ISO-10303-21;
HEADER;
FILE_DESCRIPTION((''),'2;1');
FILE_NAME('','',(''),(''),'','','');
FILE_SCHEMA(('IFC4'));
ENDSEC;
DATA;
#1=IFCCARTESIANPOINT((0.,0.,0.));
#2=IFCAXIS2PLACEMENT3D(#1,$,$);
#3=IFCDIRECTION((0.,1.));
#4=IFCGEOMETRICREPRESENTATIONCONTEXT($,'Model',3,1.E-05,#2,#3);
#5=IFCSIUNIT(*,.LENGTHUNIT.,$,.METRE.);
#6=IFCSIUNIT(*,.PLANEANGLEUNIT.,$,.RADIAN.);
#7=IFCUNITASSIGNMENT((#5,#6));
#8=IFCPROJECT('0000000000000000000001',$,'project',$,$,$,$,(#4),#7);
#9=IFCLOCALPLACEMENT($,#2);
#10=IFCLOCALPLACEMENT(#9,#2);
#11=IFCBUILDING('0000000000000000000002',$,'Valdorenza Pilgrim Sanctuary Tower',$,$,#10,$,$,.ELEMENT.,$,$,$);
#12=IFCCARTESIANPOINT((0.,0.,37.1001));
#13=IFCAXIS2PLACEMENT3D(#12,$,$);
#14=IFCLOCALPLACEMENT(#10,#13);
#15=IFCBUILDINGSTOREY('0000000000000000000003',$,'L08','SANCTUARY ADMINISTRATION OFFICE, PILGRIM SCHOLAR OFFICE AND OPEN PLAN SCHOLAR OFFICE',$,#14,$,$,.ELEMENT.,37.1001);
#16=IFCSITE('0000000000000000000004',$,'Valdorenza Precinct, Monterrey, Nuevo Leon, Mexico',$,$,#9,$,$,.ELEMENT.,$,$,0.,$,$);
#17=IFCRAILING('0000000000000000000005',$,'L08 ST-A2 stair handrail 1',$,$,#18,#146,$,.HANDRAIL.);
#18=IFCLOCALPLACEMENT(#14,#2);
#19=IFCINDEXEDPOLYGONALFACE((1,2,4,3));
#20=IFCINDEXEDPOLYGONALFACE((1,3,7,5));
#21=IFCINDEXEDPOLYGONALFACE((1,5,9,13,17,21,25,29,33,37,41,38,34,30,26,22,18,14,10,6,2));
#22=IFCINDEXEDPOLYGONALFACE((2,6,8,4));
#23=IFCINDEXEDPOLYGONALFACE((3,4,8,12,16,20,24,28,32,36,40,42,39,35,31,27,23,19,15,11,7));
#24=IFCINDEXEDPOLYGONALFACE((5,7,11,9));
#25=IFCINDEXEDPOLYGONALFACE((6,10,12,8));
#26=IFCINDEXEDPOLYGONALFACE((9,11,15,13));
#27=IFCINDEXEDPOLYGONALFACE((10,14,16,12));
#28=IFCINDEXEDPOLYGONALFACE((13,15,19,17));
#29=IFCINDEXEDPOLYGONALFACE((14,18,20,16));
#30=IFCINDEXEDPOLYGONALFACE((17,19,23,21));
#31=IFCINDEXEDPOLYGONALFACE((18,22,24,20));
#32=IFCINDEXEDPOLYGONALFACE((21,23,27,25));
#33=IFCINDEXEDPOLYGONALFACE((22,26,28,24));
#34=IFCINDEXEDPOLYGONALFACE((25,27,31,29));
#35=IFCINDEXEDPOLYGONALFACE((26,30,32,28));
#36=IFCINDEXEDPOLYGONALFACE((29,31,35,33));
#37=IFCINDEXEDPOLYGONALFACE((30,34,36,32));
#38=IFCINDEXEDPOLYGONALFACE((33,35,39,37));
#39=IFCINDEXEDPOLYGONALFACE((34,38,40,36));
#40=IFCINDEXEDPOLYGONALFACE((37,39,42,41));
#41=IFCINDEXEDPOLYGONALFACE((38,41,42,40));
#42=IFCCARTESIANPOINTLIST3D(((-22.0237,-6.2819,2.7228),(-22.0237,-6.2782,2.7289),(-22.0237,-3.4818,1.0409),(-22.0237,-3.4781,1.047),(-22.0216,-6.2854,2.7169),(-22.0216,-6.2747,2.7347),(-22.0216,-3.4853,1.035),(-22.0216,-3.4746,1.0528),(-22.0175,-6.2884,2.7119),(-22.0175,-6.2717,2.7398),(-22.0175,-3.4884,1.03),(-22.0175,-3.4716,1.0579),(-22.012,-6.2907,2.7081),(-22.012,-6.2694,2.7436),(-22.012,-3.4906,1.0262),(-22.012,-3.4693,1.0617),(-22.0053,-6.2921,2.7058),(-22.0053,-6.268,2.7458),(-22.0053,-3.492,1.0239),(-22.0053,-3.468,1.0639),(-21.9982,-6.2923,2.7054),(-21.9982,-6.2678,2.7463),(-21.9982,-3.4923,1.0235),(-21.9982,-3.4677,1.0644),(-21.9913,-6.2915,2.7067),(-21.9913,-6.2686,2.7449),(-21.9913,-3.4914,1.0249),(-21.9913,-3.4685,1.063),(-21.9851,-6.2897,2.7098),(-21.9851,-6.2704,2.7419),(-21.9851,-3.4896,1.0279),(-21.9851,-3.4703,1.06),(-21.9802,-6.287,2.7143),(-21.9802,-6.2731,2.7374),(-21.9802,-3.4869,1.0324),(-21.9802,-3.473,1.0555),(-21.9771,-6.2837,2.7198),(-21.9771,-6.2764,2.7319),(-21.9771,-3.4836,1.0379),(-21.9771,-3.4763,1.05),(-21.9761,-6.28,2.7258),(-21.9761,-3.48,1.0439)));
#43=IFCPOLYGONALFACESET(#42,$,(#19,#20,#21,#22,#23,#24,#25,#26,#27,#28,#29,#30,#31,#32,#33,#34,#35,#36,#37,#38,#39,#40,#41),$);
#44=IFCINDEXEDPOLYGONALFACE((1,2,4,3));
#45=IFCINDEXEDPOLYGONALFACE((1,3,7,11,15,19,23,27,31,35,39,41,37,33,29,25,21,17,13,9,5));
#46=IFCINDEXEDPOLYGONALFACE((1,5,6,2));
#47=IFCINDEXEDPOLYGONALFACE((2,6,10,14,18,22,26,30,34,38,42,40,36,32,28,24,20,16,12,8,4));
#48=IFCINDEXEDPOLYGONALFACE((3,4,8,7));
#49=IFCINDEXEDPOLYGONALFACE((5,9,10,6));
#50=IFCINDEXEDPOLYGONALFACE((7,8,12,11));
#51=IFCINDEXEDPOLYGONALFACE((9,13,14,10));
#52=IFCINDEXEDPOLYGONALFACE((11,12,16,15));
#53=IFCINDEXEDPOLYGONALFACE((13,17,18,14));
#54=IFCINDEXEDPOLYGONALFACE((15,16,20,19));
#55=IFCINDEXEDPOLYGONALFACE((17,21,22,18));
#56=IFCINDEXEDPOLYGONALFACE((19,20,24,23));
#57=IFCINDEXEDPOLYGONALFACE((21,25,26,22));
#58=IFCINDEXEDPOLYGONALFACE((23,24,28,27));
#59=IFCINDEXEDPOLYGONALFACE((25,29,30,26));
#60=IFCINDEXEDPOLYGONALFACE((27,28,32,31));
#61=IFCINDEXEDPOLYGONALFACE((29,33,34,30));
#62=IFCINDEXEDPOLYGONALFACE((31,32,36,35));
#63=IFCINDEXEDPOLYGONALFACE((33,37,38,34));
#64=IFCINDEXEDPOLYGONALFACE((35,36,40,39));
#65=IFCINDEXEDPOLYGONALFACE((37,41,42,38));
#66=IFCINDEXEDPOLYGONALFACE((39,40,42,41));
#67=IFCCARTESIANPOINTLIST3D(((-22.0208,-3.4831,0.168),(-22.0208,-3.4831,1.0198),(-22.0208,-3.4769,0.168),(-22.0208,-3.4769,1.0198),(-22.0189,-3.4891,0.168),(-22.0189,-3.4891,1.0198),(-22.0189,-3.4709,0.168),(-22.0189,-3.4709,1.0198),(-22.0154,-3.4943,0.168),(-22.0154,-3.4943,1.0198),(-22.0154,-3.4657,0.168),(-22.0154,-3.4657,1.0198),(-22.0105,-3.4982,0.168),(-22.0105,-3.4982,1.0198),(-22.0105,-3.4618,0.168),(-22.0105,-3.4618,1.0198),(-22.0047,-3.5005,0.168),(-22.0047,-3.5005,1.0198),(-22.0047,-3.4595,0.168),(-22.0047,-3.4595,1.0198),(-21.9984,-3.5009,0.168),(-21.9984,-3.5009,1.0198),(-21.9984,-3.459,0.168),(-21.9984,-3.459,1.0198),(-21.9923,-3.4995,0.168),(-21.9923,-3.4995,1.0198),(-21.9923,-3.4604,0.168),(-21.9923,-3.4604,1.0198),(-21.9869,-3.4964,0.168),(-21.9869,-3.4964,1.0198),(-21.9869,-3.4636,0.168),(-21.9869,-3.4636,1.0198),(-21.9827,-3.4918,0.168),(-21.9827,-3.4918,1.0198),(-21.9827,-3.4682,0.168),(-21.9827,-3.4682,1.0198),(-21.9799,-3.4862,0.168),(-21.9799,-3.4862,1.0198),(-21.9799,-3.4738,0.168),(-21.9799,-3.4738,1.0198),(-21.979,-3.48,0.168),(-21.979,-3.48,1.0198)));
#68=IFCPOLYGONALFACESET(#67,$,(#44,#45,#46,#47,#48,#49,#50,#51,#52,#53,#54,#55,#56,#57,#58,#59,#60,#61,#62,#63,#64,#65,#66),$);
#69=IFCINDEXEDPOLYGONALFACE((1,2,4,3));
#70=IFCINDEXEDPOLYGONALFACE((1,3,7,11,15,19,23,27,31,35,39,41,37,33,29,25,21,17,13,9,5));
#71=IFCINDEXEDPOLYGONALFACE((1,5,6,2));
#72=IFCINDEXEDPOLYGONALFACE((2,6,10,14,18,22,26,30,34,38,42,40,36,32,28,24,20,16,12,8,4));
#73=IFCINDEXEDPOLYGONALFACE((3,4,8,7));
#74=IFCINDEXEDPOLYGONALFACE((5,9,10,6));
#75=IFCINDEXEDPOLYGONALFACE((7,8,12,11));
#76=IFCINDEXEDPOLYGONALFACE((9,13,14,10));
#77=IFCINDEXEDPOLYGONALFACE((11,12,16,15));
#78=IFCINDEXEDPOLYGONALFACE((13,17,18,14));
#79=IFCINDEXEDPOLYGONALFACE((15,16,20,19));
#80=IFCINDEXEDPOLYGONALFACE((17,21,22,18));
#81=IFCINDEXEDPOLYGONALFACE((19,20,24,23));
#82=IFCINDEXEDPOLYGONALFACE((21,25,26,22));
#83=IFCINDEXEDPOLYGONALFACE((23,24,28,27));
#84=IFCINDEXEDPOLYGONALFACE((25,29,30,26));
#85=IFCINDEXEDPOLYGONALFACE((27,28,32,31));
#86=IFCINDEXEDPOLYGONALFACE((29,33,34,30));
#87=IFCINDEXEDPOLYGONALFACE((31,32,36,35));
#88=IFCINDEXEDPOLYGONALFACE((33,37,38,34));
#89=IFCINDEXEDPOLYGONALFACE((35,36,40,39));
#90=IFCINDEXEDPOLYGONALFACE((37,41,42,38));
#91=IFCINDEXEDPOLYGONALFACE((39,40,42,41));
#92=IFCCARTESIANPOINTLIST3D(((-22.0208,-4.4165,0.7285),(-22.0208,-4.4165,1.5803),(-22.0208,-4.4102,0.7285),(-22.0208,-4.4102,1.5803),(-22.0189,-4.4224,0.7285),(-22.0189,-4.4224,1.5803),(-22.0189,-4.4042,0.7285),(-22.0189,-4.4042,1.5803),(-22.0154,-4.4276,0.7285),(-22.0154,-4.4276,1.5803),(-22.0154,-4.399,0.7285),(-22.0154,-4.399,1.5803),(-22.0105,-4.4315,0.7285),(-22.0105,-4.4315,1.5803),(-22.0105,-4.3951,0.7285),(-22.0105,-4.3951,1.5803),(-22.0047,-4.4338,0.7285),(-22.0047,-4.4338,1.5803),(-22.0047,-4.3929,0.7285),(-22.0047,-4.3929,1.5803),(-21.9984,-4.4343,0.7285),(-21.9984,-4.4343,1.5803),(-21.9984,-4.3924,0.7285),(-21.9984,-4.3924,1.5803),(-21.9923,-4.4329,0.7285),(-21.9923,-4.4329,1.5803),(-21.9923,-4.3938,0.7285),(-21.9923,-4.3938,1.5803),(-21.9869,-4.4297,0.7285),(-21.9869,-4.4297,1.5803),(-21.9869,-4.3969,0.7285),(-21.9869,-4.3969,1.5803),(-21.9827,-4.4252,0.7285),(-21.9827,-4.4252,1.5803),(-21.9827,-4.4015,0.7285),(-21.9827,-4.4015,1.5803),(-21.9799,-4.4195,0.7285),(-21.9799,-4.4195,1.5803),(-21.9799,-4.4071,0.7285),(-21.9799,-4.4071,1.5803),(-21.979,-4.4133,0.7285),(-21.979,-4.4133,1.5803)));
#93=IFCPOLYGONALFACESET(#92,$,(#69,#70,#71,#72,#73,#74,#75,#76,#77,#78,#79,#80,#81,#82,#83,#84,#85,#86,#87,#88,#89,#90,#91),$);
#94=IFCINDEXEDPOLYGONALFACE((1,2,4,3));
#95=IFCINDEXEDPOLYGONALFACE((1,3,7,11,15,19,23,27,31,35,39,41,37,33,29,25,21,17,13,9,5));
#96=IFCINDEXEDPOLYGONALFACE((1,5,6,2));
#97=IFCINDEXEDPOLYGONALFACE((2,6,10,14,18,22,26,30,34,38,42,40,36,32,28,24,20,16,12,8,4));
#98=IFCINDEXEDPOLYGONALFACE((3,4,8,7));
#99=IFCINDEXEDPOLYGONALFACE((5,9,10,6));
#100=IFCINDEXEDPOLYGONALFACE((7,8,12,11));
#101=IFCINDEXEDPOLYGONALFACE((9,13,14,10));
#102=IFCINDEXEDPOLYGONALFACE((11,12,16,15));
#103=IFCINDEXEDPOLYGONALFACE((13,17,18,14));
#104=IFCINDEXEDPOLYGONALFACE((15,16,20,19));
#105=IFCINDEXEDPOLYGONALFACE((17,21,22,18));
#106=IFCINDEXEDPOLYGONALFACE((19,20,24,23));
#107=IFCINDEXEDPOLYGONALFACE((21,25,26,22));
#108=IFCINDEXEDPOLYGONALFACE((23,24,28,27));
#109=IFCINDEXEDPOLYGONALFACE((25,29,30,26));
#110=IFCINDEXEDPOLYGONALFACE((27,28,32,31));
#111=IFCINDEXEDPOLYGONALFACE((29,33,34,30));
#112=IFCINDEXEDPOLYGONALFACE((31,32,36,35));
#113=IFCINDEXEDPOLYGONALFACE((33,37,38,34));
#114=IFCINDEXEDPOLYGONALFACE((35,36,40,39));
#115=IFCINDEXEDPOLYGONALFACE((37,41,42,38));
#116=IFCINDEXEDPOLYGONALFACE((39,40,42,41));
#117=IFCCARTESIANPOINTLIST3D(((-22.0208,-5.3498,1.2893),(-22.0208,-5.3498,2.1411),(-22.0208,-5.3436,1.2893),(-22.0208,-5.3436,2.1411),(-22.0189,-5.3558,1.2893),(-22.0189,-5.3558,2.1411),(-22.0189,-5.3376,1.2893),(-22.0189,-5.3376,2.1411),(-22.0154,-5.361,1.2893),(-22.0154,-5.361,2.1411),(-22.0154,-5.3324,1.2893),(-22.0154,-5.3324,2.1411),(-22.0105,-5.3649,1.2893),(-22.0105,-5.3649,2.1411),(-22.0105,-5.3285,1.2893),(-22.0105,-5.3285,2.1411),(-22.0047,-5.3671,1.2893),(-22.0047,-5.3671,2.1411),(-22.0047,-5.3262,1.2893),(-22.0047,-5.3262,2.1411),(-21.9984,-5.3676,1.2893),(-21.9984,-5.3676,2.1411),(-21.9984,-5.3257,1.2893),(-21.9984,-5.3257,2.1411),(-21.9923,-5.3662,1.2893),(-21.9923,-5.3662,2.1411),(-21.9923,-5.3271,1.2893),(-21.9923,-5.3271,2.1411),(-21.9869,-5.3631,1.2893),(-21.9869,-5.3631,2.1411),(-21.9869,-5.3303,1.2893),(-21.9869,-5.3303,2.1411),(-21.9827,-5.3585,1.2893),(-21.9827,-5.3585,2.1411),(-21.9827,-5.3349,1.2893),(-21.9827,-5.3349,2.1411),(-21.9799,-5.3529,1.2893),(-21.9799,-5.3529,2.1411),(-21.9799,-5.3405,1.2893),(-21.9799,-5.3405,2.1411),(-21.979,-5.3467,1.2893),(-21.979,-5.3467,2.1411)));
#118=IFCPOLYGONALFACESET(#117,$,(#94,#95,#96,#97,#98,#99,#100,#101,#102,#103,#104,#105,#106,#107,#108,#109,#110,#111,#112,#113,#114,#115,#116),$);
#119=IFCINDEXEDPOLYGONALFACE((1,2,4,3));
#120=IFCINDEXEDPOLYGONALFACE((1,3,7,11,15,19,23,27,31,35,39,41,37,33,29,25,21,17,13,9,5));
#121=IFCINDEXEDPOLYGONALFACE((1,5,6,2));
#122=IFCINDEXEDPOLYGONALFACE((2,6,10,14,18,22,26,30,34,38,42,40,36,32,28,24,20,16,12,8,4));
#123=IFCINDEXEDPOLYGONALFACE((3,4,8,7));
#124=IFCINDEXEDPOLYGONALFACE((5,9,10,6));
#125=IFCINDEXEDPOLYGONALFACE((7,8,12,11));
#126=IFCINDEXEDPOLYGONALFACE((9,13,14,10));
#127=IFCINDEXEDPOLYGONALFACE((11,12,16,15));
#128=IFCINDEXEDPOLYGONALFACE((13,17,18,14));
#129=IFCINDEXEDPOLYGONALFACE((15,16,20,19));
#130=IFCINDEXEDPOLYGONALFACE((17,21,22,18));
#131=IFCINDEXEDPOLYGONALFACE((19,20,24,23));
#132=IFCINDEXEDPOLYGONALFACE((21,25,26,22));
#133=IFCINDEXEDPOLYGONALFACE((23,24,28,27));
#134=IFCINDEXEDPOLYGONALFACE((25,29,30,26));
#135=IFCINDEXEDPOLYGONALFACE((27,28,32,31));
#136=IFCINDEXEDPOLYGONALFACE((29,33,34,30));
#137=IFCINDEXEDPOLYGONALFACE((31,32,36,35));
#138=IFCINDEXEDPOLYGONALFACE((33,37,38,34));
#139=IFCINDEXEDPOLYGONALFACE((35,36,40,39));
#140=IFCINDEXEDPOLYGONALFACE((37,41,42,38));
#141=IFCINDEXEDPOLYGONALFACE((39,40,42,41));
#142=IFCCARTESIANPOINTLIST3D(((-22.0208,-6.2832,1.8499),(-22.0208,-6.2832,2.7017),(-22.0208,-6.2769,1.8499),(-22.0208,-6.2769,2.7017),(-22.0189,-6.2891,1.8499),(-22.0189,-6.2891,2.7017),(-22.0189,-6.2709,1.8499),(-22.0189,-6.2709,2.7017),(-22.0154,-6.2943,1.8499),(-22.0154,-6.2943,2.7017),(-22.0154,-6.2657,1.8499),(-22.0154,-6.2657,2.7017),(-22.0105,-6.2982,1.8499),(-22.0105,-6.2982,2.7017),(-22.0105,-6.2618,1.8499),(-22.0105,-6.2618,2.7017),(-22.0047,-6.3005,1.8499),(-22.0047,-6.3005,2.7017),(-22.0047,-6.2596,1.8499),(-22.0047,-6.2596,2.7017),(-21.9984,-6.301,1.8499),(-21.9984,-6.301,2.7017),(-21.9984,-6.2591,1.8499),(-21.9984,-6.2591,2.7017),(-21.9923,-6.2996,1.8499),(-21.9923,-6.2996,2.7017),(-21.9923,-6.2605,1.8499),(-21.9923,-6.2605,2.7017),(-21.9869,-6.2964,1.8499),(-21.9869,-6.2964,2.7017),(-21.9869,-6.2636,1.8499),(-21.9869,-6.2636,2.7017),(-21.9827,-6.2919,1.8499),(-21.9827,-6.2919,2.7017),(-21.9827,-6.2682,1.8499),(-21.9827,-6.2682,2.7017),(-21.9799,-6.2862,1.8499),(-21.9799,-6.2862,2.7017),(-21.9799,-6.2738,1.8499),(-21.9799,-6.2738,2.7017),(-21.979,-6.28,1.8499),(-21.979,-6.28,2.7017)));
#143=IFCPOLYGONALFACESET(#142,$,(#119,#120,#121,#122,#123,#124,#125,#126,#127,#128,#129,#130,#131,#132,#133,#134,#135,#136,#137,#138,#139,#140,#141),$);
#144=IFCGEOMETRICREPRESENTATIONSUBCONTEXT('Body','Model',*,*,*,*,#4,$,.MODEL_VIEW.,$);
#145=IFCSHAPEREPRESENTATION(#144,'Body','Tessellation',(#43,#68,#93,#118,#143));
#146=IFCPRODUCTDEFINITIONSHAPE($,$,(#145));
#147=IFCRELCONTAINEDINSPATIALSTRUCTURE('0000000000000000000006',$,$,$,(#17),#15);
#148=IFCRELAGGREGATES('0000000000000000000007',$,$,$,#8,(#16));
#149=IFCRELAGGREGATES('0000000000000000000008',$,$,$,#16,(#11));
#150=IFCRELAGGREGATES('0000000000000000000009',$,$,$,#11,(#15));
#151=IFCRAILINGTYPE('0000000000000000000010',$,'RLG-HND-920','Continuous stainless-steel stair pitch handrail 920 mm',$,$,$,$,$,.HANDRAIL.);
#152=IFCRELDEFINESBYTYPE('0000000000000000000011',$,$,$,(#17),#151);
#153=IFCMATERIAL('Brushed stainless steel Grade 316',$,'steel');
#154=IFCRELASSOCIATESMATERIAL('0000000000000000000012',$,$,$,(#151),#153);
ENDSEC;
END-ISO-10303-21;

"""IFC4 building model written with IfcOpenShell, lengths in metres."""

from ifc_helpers import new_model, si_unit, direction, frame, origin, origin_2d, place, context, subcontext, project, spatial, circle, extrude, material, type_object, element, save


model = new_model("IFC4")

# Units and contexts
model_context = context("Model", 3, precision=1e-05, world=origin(), true_north=direction((0.0, 1.0)))
body_context = subcontext(model_context, "Body", "Model", "MODEL_VIEW")
ifc_project = project(units=[si_unit("LENGTHUNIT", "METRE"), si_unit("PLANEANGLEUNIT", "RADIAN")], contexts=[model_context])

# Site, building, storey
site_placement = place(None, origin())
site = spatial("IfcSite", under=ifc_project, at=site_placement, Name="Valdorenza Precinct, Monterrey, Nuevo Leon, Mexico", CompositionType="ELEMENT", RefElevation=0.0)
building_placement = place(site_placement, origin())
building = spatial("IfcBuilding", under=site, at=building_placement, Name="Valdorenza Pilgrim Sanctuary Tower", CompositionType="ELEMENT")
storey_placement = place(building_placement, frame((0.0, 0.0, 37.1001)))
storey = spatial("IfcBuildingStorey", under=building, at=storey_placement, Name="L08", Description="SANCTUARY ADMINISTRATION OFFICE, PILGRIM SCHOLAR OFFICE AND OPEN PLAN SCHOLAR OFFICE", CompositionType="ELEMENT", Elevation=37.1001)

# Shared definitions
ifc_material_1 = material(Name="Brushed stainless steel Grade 316", Category="steel")

# Railing
railing_type_1 = type_object("IfcRailingType", Name="RLG-HND-920", Description="Continuous stainless-steel stair pitch handrail 920 mm", PredefinedType="HANDRAIL", material=ifc_material_1)
railing_1_placement = place(storey_placement, frame((-22.0, -3.48, 0.168)))
element("IfcRailing", 1, at=railing_1_placement, inside=storey, type_object=railing_type_1, Name="L08 ST-A2 stair handrail 1", PredefinedType="HANDRAIL", context=body_context, shape_type="SweptSolid", body=[
    extrude(circle(Radius=0.0239, at=origin_2d()), frame((0.0, 0.0, 0.876), z_axis=(0.0, -0.857242, 0.514913), x_axis=(1.0, 0.0, 0.0)), (0.0, 0.0, 1.0), 3.2664),
    extrude(circle(Radius=0.021, at=origin_2d()), origin(), (0.0, 0.0, 1.0), 0.8518),
    extrude(circle(Radius=0.021, at=origin_2d()), frame((0.0, -0.9333, 0.5605)), (0.0, 0.0, 1.0), 0.8518),
    extrude(circle(Radius=0.021, at=origin_2d()), frame((0.0, -1.8667, 1.1213)), (0.0, 0.0, 1.0), 0.8518),
    extrude(circle(Radius=0.021, at=origin_2d()), frame((0.0, -2.8, 1.6819)), (0.0, 0.0, 1.0), 0.8518),
])

save(model, "model.ifc")
